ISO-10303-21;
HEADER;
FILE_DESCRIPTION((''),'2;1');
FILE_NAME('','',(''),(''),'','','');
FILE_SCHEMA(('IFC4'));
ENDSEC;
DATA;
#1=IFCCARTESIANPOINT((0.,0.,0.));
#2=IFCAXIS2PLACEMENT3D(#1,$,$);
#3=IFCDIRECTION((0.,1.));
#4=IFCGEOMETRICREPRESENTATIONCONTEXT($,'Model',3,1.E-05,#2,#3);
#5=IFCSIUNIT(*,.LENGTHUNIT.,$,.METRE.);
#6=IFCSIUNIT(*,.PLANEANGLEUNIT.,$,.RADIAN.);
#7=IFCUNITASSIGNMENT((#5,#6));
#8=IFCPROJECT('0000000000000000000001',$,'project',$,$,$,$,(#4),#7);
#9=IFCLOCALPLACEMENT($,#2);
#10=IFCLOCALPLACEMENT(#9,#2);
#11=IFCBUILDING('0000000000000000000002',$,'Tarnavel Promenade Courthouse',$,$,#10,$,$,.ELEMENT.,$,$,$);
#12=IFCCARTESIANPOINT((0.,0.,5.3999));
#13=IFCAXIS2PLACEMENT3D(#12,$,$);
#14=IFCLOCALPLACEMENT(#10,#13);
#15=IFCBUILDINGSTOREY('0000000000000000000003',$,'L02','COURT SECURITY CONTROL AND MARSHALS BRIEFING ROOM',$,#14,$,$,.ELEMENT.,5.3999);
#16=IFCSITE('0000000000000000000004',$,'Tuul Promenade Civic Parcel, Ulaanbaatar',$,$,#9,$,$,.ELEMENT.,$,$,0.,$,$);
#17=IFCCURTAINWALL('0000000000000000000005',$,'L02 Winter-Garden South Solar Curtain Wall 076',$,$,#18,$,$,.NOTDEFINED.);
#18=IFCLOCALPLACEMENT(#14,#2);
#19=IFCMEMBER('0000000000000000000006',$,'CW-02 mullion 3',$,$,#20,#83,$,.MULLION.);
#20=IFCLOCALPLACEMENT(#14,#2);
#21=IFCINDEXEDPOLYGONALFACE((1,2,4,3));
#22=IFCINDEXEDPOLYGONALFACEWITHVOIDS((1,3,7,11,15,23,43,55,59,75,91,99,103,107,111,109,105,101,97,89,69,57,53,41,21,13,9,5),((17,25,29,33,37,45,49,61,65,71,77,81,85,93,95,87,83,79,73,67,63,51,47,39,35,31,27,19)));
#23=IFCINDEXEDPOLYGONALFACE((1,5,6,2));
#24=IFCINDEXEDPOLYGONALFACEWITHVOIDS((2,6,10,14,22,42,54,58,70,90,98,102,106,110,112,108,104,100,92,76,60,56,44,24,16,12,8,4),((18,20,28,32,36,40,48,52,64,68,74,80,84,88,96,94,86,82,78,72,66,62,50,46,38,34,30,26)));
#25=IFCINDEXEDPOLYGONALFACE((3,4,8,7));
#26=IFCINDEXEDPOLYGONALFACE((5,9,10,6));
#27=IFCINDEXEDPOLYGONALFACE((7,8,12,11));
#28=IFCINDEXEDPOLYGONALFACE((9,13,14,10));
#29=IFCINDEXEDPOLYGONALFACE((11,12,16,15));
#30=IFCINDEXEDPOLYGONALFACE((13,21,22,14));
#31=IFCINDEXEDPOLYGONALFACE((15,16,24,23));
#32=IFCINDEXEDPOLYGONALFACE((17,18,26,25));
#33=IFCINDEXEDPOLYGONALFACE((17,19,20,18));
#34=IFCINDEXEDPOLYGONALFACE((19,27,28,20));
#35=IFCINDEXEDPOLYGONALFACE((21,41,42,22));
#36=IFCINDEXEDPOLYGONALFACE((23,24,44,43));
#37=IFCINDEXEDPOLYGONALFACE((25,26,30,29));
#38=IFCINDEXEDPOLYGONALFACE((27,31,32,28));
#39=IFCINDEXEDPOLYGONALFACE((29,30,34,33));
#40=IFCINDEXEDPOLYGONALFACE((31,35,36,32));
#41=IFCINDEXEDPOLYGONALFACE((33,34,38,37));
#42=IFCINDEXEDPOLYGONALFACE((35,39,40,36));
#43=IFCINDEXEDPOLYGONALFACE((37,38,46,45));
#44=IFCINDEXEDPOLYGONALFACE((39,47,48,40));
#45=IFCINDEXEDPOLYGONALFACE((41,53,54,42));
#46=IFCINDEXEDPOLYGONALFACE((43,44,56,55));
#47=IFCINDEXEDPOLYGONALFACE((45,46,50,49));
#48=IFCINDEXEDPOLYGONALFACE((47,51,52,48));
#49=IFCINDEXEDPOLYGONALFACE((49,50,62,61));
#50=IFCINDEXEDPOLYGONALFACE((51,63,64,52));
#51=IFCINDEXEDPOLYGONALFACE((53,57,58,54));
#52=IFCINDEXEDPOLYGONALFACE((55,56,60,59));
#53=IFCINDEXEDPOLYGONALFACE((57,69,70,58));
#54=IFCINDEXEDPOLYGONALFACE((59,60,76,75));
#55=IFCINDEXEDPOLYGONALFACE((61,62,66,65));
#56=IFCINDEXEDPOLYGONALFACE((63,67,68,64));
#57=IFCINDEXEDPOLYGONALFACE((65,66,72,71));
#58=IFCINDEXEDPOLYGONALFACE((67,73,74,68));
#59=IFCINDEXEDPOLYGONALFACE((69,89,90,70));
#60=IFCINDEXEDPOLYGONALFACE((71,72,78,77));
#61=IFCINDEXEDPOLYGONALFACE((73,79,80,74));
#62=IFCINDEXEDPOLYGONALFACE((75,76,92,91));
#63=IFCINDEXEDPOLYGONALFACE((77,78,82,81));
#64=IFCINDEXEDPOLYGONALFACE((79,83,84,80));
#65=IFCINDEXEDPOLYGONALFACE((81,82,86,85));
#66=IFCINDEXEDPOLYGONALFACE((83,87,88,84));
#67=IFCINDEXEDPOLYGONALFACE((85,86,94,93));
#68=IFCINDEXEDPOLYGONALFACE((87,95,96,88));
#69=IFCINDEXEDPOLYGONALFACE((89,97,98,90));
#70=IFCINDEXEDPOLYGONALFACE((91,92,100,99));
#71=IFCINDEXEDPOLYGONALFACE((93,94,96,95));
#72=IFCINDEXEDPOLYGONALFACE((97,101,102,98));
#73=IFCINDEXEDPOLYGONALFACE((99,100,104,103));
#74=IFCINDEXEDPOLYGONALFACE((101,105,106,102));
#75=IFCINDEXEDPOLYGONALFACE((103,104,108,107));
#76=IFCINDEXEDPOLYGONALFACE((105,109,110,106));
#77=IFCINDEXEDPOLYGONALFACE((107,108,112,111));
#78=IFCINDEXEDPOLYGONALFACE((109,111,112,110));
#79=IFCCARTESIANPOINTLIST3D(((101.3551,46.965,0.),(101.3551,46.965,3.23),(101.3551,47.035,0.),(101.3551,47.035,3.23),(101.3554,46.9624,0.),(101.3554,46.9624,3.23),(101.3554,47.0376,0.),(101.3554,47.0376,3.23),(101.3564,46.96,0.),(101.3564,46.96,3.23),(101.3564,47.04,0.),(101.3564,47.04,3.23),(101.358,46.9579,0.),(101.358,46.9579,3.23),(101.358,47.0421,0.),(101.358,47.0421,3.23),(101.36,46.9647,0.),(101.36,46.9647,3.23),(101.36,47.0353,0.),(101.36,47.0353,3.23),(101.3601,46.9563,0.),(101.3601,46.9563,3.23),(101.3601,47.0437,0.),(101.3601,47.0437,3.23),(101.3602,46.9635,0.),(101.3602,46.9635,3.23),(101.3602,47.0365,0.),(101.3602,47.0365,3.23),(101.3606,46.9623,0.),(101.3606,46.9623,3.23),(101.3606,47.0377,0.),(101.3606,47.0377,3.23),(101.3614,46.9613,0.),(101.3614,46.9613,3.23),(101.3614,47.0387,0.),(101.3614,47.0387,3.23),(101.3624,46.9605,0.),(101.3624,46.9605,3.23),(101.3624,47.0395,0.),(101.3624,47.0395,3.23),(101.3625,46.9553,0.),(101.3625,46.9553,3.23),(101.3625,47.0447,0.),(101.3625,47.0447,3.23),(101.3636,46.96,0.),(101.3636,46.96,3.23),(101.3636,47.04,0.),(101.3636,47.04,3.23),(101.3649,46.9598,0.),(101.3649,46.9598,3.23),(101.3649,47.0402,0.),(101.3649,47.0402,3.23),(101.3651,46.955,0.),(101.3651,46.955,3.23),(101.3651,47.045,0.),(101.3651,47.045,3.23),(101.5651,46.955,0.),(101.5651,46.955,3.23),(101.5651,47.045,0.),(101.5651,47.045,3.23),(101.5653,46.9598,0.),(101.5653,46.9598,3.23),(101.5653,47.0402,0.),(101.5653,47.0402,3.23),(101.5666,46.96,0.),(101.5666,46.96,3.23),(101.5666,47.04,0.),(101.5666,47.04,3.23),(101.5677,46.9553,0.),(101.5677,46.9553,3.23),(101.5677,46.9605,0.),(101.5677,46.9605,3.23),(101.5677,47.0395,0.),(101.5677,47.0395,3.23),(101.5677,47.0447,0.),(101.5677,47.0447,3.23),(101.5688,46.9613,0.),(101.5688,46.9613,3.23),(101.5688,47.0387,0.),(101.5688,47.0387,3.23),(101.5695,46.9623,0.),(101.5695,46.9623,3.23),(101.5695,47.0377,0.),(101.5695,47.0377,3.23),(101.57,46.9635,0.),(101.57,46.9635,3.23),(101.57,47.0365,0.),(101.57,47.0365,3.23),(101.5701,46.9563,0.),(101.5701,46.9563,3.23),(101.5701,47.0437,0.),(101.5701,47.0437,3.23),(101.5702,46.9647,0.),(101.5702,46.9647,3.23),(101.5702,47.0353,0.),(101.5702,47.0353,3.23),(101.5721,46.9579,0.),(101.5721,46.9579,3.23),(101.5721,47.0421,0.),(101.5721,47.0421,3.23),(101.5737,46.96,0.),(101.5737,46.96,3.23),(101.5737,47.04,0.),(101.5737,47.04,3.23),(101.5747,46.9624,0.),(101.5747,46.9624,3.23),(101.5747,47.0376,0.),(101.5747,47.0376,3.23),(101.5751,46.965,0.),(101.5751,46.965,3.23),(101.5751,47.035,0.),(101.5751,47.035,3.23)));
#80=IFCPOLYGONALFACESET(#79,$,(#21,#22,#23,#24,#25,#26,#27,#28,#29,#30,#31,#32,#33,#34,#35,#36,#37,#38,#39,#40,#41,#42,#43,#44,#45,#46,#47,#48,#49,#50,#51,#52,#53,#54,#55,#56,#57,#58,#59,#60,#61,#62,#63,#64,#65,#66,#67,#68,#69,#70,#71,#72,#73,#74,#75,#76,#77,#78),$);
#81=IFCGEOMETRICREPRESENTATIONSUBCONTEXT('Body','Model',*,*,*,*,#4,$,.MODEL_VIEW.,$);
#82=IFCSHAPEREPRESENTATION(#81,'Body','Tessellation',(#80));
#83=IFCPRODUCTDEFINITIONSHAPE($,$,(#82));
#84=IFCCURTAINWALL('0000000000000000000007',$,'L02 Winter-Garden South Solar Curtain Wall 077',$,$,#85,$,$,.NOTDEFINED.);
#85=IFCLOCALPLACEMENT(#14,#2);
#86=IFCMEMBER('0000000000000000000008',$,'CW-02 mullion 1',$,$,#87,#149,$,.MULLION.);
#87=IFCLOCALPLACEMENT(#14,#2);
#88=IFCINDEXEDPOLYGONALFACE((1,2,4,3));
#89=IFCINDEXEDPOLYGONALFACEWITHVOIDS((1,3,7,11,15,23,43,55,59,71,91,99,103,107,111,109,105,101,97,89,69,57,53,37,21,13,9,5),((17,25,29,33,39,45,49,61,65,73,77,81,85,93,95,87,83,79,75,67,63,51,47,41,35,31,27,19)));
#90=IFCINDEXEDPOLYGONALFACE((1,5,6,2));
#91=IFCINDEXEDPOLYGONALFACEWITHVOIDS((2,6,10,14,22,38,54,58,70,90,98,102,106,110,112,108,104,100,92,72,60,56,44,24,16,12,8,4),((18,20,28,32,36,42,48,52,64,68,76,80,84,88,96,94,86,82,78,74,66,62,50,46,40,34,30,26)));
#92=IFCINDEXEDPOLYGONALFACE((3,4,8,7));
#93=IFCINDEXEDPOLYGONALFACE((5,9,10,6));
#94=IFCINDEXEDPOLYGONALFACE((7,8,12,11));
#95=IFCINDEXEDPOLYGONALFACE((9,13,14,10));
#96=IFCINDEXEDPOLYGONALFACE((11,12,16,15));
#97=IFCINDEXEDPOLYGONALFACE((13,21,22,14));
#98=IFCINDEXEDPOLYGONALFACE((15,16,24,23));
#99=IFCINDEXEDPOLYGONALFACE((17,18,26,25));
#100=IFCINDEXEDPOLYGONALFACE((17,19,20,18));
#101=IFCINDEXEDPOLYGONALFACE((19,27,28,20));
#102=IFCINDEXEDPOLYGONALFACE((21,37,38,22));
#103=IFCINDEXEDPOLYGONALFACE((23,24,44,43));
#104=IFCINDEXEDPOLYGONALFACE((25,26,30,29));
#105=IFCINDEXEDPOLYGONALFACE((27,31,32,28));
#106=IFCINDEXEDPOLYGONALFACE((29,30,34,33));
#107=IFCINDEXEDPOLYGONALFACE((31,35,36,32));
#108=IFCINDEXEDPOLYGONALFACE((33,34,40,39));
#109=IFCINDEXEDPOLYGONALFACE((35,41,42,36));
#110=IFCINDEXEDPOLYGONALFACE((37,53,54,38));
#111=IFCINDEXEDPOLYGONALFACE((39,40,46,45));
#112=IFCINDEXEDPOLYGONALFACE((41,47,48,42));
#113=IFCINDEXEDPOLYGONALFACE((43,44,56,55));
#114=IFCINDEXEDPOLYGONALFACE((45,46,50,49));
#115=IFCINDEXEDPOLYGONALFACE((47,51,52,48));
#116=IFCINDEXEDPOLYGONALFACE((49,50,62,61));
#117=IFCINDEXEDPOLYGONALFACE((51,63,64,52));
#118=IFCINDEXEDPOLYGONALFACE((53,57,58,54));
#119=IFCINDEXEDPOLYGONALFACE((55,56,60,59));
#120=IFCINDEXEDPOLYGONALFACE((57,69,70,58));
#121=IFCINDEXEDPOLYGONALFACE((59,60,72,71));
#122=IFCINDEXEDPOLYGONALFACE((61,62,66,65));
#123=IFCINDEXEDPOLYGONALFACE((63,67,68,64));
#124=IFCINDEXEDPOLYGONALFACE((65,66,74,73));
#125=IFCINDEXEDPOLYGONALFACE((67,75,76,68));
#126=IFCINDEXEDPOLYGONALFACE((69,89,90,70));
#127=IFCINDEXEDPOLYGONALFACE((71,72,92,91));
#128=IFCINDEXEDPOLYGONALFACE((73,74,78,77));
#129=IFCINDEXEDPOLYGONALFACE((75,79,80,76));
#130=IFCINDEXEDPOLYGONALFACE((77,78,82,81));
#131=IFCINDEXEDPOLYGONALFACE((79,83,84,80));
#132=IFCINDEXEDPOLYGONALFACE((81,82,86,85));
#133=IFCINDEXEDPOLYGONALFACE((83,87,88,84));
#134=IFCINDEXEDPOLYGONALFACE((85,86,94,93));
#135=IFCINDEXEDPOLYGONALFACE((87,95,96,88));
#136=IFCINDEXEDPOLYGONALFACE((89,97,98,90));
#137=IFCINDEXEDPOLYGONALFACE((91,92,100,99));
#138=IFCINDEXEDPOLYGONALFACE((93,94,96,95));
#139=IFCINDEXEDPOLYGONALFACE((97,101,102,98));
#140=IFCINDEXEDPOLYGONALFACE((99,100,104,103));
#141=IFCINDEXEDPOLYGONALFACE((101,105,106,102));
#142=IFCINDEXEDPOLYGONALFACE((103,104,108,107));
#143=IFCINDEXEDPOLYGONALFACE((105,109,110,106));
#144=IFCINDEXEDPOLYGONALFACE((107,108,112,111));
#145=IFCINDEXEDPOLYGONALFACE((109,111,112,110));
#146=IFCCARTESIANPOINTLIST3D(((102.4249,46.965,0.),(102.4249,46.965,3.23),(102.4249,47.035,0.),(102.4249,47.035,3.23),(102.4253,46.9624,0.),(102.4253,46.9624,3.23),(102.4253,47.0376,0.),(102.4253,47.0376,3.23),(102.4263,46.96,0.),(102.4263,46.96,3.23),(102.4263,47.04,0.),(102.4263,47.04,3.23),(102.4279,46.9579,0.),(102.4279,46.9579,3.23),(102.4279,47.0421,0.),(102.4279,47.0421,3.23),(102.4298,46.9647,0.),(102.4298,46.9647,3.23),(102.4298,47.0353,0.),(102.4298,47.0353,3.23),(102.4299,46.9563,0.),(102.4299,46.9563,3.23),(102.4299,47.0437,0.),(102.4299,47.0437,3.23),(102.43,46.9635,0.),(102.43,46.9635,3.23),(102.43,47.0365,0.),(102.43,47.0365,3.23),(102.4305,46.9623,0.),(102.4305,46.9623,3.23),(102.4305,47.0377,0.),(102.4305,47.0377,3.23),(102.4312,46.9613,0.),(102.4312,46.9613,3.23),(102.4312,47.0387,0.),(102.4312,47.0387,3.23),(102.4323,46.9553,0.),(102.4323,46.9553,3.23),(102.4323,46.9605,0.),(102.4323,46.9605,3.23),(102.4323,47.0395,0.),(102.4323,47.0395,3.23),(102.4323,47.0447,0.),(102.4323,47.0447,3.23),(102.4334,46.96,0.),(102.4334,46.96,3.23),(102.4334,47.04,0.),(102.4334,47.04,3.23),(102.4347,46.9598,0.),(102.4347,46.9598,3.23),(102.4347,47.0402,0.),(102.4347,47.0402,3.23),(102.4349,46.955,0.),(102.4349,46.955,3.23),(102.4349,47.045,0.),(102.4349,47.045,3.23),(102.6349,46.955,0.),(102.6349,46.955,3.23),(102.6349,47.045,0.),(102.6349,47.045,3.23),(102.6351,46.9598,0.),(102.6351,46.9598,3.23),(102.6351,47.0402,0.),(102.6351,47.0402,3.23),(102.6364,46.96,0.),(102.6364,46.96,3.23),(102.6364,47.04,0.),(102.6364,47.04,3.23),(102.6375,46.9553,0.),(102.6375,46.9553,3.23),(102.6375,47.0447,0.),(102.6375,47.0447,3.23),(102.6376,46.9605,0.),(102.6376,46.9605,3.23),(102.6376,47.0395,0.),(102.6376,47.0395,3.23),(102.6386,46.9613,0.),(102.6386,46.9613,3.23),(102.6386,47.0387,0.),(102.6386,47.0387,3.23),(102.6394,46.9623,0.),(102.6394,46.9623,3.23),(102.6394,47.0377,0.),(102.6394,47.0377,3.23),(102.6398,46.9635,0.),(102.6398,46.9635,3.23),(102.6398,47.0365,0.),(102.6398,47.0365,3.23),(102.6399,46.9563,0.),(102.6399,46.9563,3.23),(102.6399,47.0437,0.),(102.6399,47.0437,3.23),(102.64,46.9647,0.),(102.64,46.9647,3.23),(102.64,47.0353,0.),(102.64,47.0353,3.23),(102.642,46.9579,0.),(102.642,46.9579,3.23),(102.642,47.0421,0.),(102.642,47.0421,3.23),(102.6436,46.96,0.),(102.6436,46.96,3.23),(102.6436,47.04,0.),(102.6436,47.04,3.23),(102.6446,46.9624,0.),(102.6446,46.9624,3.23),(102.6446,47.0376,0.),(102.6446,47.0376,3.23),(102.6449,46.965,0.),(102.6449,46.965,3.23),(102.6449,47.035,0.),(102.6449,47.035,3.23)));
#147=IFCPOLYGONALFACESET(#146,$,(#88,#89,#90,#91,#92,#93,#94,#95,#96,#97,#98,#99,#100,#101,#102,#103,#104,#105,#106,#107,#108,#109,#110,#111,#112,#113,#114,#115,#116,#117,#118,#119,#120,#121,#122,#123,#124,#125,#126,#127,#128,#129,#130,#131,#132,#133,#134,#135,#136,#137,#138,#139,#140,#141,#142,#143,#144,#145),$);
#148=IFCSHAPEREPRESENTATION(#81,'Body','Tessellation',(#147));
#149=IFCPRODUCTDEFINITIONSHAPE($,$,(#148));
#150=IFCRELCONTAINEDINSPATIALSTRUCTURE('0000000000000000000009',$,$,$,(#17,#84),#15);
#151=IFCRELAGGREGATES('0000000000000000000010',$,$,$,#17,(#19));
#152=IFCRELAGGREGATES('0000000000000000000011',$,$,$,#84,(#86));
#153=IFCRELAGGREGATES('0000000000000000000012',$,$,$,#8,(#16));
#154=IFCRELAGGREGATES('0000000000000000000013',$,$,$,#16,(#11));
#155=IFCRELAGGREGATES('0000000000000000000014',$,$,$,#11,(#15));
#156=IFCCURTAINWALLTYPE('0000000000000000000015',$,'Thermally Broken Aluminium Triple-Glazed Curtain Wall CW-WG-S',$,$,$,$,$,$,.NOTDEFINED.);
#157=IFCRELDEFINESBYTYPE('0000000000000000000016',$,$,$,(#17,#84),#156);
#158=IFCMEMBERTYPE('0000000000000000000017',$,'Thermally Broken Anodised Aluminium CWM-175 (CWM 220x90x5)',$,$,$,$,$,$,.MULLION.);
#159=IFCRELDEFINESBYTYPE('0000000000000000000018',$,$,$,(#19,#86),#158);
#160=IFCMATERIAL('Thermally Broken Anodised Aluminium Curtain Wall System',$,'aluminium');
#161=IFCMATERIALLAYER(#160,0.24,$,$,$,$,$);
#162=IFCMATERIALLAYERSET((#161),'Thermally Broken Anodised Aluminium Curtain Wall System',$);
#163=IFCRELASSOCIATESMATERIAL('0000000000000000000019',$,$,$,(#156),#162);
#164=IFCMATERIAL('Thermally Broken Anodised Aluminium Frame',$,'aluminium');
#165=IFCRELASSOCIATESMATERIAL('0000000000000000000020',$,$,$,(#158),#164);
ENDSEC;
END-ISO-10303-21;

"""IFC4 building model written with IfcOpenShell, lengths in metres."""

from ifc_helpers import new_model, si_unit, direction, frame, origin, origin_2d, place, context, subcontext, project, spatial, hollow_rectangle, extrude, material, layer, layer_set, material_profile, profile_set, type_object, element, aggregate, save


model = new_model("IFC4")

# Units and contexts
model_context = context("Model", 3, precision=1e-05, world=origin(), true_north=direction((0.0, 1.0)))
body_context = subcontext(model_context, "Body", "Model", "MODEL_VIEW")
ifc_project = project(units=[si_unit("LENGTHUNIT", "METRE"), si_unit("PLANEANGLEUNIT", "RADIAN")], contexts=[model_context])

# Site, building, storey
site_placement = place(None, origin())
site = spatial("IfcSite", under=ifc_project, at=site_placement, Name="Tuul Promenade Civic Parcel, Ulaanbaatar", CompositionType="ELEMENT", RefElevation=0.0)
building_placement = place(site_placement, origin())
building = spatial("IfcBuilding", under=site, at=building_placement, Name="Tarnavel Promenade Courthouse", CompositionType="ELEMENT")
storey_placement = place(building_placement, frame((0.0, 0.0, 5.3999)))
storey = spatial("IfcBuildingStorey", under=building, at=storey_placement, Name="L02", Description="COURT SECURITY CONTROL AND MARSHALS BRIEFING ROOM", CompositionType="ELEMENT", Elevation=5.3999)

# Shared definitions
ifc_material_1 = material(Name="Thermally Broken Anodised Aluminium Curtain Wall System", Category="aluminium")
ifc_layer_1 = layer(ifc_material_1, 0.24)
ifc_layer_set_1 = layer_set([ifc_layer_1], Name="Thermally Broken Anodised Aluminium Curtain Wall System")
curtain_wall_type = type_object("IfcCurtainWallType", Name="Thermally Broken Aluminium Triple-Glazed Curtain Wall CW-WG-S", PredefinedType="NOTDEFINED", material=ifc_layer_set_1)
ifc_material_2 = material(Name="Thermally Broken Anodised Aluminium Frame", Category="aluminium")
ifc_material_profile_1 = material_profile(ifc_material_2, hollow_rectangle(XDim=0.0901, YDim=0.22, WallThickness=0.0049, InnerFilletRadius=0.0049, OuterFilletRadius=0.01, at=origin_2d()), Name="CWM 220x90x5")
ifc_profile_set_1 = profile_set([ifc_material_profile_1], Name="Thermally Broken Anodised Aluminium Frame")
member_type_1 = type_object("IfcMemberType", Name="Thermally Broken Anodised Aluminium CWM-175 (CWM 220x90x5)", PredefinedType="MULLION", material=ifc_profile_set_1)

# Curtain walls, members
curtain_wall_1_placement = place(storey_placement, origin())
curtain_wall_1 = element("IfcCurtainWall", 1, at=curtain_wall_1_placement, inside=storey, type_object=curtain_wall_type, Name="L02 Winter-Garden South Solar Curtain Wall 076", PredefinedType="NOTDEFINED")
member_1_placement = place(storey_placement, frame((101.4651, 47.0, 0.0), z_axis=(0.0, 0.0, 1.0), x_axis=(0.0, 1.0, 0.0)))
member_1 = element("IfcMember", 2, at=member_1_placement, type_object=member_type_1, Name="CW-02 mullion 3", PredefinedType="MULLION", context=body_context, shape_type="SweptSolid", body=[
    extrude(hollow_rectangle(XDim=0.0901, YDim=0.22, WallThickness=0.0049, InnerFilletRadius=0.0049, OuterFilletRadius=0.01, at=origin_2d()), origin(), (0.0, 0.0, 1.0), 3.23),
])
curtain_wall_2_placement = place(storey_placement, origin())
curtain_wall_2 = element("IfcCurtainWall", 3, at=curtain_wall_2_placement, inside=storey, type_object=curtain_wall_type, Name="L02 Winter-Garden South Solar Curtain Wall 077", PredefinedType="NOTDEFINED")
member_2_placement = place(storey_placement, frame((102.5349, 47.0, 0.0), z_axis=(0.0, 0.0, 1.0), x_axis=(0.0, 1.0, 0.0)))
member_2 = element("IfcMember", 4, at=member_2_placement, type_object=member_type_1, Name="CW-02 mullion 1", PredefinedType="MULLION", context=body_context, shape_type="SweptSolid", body=[
    extrude(hollow_rectangle(XDim=0.0901, YDim=0.22, WallThickness=0.0049, InnerFilletRadius=0.0049, OuterFilletRadius=0.01, at=origin_2d()), origin(), (0.0, 0.0, 1.0), 3.23),
])

aggregate(curtain_wall_1, [member_1])
aggregate(curtain_wall_2, [member_2])

save(model, "model.ifc")
